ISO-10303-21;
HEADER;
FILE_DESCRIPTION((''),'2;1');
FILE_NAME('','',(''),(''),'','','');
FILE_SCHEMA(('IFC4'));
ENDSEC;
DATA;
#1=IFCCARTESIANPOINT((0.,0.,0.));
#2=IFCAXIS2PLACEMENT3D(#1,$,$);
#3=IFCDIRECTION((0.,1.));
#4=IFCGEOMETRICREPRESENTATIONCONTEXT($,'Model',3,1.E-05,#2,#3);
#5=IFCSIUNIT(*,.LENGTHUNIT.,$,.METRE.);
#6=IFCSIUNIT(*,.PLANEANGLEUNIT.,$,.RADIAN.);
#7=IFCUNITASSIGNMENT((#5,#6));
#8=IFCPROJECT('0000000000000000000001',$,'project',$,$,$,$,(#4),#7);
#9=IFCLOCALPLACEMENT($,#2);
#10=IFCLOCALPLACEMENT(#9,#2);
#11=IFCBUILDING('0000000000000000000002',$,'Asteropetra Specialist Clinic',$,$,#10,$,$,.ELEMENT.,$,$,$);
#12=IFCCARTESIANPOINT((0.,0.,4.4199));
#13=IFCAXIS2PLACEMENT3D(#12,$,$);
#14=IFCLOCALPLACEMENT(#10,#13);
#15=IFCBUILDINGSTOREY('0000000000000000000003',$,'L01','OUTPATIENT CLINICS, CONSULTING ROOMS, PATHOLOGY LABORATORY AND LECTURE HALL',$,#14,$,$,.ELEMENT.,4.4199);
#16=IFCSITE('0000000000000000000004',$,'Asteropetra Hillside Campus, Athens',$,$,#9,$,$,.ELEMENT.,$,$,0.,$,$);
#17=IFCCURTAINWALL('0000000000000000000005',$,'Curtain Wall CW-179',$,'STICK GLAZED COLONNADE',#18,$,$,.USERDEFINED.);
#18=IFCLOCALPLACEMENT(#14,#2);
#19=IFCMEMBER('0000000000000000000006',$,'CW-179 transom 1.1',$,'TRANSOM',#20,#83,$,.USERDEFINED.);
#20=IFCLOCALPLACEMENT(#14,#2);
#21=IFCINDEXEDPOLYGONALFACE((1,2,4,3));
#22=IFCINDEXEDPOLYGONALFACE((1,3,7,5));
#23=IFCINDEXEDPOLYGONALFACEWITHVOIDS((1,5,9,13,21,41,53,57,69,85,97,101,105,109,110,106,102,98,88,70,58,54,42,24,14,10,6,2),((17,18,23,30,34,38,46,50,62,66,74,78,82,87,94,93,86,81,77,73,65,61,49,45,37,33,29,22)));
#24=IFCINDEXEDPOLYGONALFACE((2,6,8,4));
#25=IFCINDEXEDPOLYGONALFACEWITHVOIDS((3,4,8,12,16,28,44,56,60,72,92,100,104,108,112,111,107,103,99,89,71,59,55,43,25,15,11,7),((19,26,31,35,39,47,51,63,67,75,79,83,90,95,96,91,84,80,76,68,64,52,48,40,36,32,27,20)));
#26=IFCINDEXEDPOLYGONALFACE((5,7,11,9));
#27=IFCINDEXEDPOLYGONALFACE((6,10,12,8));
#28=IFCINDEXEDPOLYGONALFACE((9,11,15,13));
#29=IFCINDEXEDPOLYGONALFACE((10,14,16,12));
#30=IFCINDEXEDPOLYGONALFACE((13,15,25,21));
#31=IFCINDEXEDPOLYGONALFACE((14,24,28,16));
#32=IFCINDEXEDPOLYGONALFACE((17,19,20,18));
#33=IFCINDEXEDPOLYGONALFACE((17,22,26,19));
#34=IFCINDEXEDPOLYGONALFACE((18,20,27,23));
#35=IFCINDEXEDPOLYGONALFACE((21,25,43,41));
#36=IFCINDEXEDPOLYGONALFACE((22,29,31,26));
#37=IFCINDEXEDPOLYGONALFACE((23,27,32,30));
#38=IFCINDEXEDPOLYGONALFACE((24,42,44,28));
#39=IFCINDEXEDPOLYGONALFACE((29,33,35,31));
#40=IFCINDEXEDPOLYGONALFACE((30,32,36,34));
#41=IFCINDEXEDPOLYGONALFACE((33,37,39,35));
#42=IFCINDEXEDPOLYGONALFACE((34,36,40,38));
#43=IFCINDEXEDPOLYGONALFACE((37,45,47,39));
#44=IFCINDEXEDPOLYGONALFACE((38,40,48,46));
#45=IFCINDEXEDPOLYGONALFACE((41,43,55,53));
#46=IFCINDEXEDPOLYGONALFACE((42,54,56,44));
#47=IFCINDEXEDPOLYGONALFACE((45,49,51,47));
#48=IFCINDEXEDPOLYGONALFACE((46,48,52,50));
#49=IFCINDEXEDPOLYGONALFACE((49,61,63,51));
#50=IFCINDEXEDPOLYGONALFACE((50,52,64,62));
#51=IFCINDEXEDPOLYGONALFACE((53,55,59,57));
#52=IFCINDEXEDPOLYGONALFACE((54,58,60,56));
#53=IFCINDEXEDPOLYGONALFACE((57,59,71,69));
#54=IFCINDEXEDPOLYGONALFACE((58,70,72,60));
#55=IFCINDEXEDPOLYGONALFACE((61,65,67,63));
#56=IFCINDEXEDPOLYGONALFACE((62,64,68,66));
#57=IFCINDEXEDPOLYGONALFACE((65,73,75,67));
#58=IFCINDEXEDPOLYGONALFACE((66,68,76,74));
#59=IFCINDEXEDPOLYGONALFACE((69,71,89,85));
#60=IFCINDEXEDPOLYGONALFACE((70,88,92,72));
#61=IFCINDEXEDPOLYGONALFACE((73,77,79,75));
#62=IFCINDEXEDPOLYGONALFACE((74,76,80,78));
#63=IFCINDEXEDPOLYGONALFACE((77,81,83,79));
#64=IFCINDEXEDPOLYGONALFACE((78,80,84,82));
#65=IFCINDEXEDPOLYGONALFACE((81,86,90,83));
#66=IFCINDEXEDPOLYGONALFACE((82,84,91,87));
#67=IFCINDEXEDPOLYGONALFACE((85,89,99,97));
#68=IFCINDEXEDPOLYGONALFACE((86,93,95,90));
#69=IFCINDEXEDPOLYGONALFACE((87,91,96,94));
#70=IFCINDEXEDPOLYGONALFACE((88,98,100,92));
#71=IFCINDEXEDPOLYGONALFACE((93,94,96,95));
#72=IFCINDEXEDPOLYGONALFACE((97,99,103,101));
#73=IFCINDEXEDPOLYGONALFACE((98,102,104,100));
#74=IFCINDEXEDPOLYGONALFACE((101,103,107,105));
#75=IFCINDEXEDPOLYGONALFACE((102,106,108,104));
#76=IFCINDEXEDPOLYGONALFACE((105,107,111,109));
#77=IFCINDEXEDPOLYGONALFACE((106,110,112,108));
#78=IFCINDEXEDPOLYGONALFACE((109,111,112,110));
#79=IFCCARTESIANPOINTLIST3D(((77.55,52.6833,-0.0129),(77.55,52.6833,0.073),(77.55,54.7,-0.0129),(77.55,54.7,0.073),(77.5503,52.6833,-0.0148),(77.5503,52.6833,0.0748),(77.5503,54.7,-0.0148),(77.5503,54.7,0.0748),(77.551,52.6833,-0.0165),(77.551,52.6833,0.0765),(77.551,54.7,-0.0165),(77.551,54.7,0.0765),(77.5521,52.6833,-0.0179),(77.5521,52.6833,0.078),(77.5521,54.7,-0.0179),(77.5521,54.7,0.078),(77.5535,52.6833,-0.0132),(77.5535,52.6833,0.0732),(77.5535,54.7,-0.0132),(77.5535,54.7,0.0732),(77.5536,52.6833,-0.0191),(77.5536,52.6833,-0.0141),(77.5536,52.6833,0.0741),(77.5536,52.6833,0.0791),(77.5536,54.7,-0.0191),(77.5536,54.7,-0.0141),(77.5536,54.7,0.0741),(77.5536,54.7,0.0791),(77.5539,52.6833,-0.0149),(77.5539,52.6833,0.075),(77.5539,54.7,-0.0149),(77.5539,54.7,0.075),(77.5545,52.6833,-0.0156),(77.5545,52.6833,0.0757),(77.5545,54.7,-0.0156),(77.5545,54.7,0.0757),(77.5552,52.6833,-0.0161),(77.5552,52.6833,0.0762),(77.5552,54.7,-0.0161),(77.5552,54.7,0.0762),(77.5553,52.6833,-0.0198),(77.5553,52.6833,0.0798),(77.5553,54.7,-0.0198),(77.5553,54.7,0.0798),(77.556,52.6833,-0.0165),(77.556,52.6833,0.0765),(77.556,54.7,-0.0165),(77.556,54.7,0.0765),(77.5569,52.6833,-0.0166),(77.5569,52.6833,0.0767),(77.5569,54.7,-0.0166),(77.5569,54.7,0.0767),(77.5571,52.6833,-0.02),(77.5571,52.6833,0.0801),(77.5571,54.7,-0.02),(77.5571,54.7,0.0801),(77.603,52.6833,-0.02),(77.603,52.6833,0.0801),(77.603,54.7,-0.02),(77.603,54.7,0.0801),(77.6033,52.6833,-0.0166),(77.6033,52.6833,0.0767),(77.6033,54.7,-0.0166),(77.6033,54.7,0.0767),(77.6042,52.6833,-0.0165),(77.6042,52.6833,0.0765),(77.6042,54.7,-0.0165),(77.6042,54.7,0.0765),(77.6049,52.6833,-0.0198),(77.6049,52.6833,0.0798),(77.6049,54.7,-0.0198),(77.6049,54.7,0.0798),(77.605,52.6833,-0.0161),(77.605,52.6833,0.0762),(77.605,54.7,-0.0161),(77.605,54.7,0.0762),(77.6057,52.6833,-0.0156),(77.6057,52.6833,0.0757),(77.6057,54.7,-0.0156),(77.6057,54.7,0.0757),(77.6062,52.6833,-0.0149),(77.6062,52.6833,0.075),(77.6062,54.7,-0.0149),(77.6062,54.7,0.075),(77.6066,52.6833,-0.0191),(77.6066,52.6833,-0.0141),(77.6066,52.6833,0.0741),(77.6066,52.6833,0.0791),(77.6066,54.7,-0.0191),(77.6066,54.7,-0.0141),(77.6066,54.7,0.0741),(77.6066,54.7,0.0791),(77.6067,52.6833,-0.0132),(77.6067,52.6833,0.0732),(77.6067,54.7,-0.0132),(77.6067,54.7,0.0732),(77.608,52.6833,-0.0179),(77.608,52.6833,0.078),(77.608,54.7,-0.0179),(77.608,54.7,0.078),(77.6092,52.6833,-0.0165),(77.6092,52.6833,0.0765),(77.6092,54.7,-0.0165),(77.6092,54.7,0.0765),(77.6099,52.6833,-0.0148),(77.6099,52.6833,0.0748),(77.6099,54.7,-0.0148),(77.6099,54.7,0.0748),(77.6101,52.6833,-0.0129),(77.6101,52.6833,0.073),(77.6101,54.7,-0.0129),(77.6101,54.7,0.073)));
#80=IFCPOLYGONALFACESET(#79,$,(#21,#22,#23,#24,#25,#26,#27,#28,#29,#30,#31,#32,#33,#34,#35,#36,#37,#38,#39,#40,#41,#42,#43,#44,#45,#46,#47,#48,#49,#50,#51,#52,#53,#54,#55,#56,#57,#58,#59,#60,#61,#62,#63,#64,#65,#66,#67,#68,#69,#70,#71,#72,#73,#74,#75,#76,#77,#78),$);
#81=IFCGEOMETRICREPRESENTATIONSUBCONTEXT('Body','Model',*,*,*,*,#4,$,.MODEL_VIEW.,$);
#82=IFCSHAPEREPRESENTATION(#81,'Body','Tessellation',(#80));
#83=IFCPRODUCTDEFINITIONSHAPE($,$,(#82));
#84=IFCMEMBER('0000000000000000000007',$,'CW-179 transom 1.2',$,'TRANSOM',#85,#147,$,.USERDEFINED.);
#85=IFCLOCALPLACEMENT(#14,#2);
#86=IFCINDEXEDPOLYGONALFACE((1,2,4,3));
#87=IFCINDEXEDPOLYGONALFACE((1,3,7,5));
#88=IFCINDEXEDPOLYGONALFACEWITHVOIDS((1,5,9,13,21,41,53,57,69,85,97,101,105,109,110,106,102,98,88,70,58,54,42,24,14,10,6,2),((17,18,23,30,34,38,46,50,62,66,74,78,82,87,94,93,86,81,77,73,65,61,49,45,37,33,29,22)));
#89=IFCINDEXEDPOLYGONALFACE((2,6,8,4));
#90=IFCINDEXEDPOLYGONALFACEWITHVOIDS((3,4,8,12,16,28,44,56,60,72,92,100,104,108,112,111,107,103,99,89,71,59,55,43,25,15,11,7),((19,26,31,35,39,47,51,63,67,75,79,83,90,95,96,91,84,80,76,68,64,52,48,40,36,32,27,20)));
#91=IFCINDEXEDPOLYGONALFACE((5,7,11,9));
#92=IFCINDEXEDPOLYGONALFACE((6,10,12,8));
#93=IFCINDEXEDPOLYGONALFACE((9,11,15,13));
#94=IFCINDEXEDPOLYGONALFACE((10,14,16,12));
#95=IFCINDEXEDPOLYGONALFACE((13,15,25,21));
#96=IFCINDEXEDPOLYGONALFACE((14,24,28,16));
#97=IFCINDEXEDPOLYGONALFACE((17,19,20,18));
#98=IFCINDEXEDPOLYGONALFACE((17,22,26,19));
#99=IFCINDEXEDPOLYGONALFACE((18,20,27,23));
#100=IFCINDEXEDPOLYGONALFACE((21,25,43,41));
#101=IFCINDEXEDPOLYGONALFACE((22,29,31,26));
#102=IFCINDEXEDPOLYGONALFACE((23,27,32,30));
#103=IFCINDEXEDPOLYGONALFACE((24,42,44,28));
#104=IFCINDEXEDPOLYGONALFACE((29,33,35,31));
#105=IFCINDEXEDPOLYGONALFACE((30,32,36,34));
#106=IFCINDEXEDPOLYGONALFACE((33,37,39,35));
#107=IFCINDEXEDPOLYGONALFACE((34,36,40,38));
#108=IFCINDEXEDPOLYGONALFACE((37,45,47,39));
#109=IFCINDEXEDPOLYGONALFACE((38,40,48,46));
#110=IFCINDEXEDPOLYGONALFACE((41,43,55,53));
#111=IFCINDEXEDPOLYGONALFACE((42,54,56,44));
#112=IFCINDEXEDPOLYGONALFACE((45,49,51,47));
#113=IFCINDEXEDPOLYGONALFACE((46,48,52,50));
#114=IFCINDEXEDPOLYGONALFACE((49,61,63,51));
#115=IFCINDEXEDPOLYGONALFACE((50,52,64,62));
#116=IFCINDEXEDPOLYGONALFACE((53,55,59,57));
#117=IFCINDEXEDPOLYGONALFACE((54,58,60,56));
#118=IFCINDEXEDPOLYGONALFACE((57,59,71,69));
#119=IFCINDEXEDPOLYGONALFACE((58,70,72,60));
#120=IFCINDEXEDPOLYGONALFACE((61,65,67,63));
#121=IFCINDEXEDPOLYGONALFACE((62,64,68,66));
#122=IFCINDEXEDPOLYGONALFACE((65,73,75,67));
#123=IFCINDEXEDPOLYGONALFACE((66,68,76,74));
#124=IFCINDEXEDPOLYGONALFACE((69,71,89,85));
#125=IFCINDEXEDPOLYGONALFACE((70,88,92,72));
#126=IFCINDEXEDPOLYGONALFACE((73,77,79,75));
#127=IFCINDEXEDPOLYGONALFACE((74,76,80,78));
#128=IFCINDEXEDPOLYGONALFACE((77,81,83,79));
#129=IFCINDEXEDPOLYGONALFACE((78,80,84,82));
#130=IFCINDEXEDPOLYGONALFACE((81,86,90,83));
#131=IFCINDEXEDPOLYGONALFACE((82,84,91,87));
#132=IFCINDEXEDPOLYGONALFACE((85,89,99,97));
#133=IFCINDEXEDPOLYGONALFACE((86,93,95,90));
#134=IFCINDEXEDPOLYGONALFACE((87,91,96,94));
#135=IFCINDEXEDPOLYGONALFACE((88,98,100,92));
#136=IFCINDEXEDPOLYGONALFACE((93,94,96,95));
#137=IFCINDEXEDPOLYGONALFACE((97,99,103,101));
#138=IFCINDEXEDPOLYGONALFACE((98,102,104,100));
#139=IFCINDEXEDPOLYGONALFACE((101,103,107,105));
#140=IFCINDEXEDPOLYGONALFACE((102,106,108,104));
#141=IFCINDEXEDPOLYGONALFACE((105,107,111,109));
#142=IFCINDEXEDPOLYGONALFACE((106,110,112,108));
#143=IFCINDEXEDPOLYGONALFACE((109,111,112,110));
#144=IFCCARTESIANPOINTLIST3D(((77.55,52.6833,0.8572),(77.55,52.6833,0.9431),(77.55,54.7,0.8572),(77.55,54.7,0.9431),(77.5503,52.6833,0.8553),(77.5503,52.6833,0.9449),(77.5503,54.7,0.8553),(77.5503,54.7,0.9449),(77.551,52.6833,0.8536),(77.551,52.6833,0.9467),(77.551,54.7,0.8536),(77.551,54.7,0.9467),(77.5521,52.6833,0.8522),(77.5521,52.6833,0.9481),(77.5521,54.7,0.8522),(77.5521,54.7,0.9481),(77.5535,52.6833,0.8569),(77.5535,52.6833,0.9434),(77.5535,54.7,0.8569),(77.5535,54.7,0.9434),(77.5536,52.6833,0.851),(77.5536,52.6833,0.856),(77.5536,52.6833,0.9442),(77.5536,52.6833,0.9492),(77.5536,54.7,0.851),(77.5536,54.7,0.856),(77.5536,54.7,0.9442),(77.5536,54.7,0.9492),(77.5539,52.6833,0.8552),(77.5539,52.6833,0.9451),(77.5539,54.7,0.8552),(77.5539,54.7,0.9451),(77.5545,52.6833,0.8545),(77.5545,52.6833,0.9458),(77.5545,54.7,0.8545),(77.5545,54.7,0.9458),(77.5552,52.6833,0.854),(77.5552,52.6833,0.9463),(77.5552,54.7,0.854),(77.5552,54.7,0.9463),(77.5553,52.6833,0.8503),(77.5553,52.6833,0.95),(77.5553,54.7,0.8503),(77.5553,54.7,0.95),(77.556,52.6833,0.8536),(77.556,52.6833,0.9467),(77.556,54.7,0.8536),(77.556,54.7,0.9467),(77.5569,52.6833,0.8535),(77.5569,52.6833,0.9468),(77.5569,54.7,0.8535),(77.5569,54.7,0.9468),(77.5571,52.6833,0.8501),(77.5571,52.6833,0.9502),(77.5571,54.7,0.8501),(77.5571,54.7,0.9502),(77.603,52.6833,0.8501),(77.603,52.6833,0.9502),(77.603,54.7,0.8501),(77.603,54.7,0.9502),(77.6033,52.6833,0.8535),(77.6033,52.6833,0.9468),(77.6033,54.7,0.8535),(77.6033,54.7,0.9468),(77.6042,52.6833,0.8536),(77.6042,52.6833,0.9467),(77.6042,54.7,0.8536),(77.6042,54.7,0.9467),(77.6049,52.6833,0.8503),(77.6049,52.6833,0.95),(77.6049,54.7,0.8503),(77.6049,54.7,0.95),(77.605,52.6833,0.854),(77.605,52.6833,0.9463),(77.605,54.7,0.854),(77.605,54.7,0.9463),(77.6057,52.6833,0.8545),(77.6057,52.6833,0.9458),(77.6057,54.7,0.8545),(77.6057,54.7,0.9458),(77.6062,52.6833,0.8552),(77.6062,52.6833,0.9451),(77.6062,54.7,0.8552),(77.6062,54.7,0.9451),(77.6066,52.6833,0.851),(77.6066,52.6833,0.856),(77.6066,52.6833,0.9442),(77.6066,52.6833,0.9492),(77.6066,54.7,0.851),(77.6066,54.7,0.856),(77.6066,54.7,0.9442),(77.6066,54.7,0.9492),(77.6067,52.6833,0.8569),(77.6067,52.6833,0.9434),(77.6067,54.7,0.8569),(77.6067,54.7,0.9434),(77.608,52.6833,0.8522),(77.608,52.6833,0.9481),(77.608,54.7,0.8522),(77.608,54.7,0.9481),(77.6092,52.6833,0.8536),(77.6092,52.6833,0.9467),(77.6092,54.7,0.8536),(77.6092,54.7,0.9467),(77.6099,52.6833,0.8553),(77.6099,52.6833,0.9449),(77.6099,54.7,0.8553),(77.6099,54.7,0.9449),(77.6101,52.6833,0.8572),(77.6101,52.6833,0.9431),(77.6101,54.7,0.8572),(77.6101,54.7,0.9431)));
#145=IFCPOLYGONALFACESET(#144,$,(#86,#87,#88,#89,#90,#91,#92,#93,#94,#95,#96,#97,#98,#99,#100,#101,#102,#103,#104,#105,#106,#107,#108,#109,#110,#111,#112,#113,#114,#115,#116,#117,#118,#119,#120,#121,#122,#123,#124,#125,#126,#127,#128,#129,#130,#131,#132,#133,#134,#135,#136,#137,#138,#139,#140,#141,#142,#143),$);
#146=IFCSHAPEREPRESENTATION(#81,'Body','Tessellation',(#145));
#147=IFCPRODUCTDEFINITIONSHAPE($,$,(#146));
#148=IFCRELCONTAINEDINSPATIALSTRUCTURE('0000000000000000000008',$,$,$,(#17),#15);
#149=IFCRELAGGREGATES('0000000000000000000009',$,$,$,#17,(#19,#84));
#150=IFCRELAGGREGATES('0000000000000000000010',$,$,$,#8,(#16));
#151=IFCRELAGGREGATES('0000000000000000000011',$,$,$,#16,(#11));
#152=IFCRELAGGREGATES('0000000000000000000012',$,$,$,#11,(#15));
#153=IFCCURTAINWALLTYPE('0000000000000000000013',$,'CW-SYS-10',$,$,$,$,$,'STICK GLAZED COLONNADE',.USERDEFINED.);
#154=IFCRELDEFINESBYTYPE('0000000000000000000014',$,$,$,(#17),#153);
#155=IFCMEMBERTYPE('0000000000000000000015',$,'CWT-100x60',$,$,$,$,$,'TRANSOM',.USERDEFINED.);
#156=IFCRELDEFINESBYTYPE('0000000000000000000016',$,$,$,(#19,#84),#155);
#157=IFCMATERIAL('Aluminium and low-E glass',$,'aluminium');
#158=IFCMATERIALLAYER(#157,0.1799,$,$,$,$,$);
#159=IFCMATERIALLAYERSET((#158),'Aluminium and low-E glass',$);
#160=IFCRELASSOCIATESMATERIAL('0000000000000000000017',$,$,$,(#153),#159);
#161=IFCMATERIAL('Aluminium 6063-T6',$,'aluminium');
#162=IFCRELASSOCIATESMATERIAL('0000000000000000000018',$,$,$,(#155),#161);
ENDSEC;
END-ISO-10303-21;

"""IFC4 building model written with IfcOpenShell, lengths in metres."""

from ifc_helpers import new_model, si_unit, direction, frame, origin, origin_2d, place, context, subcontext, project, spatial, hollow_rectangle, extrude, material, layer, layer_set, material_profile, profile_set, type_object, element, aggregate, save


model = new_model("IFC4")

# Units and contexts
model_context = context("Model", 3, precision=1e-05, world=origin(), true_north=direction((0.0, 1.0)))
body_context = subcontext(model_context, "Body", "Model", "MODEL_VIEW")
ifc_project = project(units=[si_unit("LENGTHUNIT", "METRE"), si_unit("PLANEANGLEUNIT", "RADIAN")], contexts=[model_context])

# Site, building, storey
site_placement = place(None, origin())
site = spatial("IfcSite", under=ifc_project, at=site_placement, Name="Asteropetra Hillside Campus, Athens", CompositionType="ELEMENT", RefElevation=0.0)
building_placement = place(site_placement, origin())
building = spatial("IfcBuilding", under=site, at=building_placement, Name="Asteropetra Specialist Clinic", CompositionType="ELEMENT")
storey_placement = place(building_placement, frame((0.0, 0.0, 4.4199)))
storey = spatial("IfcBuildingStorey", under=building, at=storey_placement, Name="L01", Description="OUTPATIENT CLINICS, CONSULTING ROOMS, PATHOLOGY LABORATORY AND LECTURE HALL", CompositionType="ELEMENT", Elevation=4.4199)

# Curtain wall, members
ifc_material_1 = material(Name="Aluminium and low-E glass", Category="aluminium")
ifc_layer_1 = layer(ifc_material_1, 0.1799)
ifc_layer_set_1 = layer_set([ifc_layer_1], Name="Aluminium and low-E glass")
curtain_wall_type = type_object("IfcCurtainWallType", Name="CW-SYS-10", ElementType="STICK GLAZED COLONNADE", PredefinedType="USERDEFINED", material=ifc_layer_set_1)
curtain_wall_placement = place(storey_placement, origin())
curtain_wall = element("IfcCurtainWall", 1, at=curtain_wall_placement, inside=storey, type_object=curtain_wall_type, Name="Curtain Wall CW-179", ObjectType="STICK GLAZED COLONNADE", PredefinedType="USERDEFINED")
ifc_material_2 = material(Name="Aluminium 6063-T6", Category="aluminium")
ifc_material_profile_1 = material_profile(ifc_material_2, hollow_rectangle(XDim=0.0601, YDim=0.1001, WallThickness=0.0034, InnerFilletRadius=0.0034, OuterFilletRadius=0.0071, at=origin_2d()), Name="TRN 100x60x3.5")
ifc_profile_set_1 = profile_set([ifc_material_profile_1], Name="Aluminium 6063-T6")
member_type_1 = type_object("IfcMemberType", Name="CWT-100x60", ElementType="TRANSOM", PredefinedType="USERDEFINED", material=ifc_profile_set_1)
member_1_placement = place(storey_placement, frame((77.5801, 54.7, 0.03), z_axis=(0.0, -1.0, 0.0), x_axis=(1.0, 0.0, 0.0)))
member_1 = element("IfcMember", 2, at=member_1_placement, type_object=member_type_1, Name="CW-179 transom 1.1", ObjectType="TRANSOM", PredefinedType="USERDEFINED", context=body_context, shape_type="SweptSolid", body=[
    extrude(hollow_rectangle(XDim=0.0601, YDim=0.1001, WallThickness=0.0034, InnerFilletRadius=0.0034, OuterFilletRadius=0.0071, at=origin_2d()), origin(), (0.0, 0.0, 1.0), 2.0166),
])
member_2_placement = place(storey_placement, frame((77.5801, 54.7, 0.9001), z_axis=(0.0, -1.0, 0.0), x_axis=(1.0, 0.0, 0.0)))
member_2 = element("IfcMember", 3, at=member_2_placement, type_object=member_type_1, Name="CW-179 transom 1.2", ObjectType="TRANSOM", PredefinedType="USERDEFINED", context=body_context, shape_type="SweptSolid", body=[
    extrude(hollow_rectangle(XDim=0.0601, YDim=0.1001, WallThickness=0.0034, InnerFilletRadius=0.0034, OuterFilletRadius=0.0071, at=origin_2d()), origin(), (0.0, 0.0, 1.0), 2.0166),
])

aggregate(curtain_wall, [member_1, member_2])

save(model, "model.ifc")
